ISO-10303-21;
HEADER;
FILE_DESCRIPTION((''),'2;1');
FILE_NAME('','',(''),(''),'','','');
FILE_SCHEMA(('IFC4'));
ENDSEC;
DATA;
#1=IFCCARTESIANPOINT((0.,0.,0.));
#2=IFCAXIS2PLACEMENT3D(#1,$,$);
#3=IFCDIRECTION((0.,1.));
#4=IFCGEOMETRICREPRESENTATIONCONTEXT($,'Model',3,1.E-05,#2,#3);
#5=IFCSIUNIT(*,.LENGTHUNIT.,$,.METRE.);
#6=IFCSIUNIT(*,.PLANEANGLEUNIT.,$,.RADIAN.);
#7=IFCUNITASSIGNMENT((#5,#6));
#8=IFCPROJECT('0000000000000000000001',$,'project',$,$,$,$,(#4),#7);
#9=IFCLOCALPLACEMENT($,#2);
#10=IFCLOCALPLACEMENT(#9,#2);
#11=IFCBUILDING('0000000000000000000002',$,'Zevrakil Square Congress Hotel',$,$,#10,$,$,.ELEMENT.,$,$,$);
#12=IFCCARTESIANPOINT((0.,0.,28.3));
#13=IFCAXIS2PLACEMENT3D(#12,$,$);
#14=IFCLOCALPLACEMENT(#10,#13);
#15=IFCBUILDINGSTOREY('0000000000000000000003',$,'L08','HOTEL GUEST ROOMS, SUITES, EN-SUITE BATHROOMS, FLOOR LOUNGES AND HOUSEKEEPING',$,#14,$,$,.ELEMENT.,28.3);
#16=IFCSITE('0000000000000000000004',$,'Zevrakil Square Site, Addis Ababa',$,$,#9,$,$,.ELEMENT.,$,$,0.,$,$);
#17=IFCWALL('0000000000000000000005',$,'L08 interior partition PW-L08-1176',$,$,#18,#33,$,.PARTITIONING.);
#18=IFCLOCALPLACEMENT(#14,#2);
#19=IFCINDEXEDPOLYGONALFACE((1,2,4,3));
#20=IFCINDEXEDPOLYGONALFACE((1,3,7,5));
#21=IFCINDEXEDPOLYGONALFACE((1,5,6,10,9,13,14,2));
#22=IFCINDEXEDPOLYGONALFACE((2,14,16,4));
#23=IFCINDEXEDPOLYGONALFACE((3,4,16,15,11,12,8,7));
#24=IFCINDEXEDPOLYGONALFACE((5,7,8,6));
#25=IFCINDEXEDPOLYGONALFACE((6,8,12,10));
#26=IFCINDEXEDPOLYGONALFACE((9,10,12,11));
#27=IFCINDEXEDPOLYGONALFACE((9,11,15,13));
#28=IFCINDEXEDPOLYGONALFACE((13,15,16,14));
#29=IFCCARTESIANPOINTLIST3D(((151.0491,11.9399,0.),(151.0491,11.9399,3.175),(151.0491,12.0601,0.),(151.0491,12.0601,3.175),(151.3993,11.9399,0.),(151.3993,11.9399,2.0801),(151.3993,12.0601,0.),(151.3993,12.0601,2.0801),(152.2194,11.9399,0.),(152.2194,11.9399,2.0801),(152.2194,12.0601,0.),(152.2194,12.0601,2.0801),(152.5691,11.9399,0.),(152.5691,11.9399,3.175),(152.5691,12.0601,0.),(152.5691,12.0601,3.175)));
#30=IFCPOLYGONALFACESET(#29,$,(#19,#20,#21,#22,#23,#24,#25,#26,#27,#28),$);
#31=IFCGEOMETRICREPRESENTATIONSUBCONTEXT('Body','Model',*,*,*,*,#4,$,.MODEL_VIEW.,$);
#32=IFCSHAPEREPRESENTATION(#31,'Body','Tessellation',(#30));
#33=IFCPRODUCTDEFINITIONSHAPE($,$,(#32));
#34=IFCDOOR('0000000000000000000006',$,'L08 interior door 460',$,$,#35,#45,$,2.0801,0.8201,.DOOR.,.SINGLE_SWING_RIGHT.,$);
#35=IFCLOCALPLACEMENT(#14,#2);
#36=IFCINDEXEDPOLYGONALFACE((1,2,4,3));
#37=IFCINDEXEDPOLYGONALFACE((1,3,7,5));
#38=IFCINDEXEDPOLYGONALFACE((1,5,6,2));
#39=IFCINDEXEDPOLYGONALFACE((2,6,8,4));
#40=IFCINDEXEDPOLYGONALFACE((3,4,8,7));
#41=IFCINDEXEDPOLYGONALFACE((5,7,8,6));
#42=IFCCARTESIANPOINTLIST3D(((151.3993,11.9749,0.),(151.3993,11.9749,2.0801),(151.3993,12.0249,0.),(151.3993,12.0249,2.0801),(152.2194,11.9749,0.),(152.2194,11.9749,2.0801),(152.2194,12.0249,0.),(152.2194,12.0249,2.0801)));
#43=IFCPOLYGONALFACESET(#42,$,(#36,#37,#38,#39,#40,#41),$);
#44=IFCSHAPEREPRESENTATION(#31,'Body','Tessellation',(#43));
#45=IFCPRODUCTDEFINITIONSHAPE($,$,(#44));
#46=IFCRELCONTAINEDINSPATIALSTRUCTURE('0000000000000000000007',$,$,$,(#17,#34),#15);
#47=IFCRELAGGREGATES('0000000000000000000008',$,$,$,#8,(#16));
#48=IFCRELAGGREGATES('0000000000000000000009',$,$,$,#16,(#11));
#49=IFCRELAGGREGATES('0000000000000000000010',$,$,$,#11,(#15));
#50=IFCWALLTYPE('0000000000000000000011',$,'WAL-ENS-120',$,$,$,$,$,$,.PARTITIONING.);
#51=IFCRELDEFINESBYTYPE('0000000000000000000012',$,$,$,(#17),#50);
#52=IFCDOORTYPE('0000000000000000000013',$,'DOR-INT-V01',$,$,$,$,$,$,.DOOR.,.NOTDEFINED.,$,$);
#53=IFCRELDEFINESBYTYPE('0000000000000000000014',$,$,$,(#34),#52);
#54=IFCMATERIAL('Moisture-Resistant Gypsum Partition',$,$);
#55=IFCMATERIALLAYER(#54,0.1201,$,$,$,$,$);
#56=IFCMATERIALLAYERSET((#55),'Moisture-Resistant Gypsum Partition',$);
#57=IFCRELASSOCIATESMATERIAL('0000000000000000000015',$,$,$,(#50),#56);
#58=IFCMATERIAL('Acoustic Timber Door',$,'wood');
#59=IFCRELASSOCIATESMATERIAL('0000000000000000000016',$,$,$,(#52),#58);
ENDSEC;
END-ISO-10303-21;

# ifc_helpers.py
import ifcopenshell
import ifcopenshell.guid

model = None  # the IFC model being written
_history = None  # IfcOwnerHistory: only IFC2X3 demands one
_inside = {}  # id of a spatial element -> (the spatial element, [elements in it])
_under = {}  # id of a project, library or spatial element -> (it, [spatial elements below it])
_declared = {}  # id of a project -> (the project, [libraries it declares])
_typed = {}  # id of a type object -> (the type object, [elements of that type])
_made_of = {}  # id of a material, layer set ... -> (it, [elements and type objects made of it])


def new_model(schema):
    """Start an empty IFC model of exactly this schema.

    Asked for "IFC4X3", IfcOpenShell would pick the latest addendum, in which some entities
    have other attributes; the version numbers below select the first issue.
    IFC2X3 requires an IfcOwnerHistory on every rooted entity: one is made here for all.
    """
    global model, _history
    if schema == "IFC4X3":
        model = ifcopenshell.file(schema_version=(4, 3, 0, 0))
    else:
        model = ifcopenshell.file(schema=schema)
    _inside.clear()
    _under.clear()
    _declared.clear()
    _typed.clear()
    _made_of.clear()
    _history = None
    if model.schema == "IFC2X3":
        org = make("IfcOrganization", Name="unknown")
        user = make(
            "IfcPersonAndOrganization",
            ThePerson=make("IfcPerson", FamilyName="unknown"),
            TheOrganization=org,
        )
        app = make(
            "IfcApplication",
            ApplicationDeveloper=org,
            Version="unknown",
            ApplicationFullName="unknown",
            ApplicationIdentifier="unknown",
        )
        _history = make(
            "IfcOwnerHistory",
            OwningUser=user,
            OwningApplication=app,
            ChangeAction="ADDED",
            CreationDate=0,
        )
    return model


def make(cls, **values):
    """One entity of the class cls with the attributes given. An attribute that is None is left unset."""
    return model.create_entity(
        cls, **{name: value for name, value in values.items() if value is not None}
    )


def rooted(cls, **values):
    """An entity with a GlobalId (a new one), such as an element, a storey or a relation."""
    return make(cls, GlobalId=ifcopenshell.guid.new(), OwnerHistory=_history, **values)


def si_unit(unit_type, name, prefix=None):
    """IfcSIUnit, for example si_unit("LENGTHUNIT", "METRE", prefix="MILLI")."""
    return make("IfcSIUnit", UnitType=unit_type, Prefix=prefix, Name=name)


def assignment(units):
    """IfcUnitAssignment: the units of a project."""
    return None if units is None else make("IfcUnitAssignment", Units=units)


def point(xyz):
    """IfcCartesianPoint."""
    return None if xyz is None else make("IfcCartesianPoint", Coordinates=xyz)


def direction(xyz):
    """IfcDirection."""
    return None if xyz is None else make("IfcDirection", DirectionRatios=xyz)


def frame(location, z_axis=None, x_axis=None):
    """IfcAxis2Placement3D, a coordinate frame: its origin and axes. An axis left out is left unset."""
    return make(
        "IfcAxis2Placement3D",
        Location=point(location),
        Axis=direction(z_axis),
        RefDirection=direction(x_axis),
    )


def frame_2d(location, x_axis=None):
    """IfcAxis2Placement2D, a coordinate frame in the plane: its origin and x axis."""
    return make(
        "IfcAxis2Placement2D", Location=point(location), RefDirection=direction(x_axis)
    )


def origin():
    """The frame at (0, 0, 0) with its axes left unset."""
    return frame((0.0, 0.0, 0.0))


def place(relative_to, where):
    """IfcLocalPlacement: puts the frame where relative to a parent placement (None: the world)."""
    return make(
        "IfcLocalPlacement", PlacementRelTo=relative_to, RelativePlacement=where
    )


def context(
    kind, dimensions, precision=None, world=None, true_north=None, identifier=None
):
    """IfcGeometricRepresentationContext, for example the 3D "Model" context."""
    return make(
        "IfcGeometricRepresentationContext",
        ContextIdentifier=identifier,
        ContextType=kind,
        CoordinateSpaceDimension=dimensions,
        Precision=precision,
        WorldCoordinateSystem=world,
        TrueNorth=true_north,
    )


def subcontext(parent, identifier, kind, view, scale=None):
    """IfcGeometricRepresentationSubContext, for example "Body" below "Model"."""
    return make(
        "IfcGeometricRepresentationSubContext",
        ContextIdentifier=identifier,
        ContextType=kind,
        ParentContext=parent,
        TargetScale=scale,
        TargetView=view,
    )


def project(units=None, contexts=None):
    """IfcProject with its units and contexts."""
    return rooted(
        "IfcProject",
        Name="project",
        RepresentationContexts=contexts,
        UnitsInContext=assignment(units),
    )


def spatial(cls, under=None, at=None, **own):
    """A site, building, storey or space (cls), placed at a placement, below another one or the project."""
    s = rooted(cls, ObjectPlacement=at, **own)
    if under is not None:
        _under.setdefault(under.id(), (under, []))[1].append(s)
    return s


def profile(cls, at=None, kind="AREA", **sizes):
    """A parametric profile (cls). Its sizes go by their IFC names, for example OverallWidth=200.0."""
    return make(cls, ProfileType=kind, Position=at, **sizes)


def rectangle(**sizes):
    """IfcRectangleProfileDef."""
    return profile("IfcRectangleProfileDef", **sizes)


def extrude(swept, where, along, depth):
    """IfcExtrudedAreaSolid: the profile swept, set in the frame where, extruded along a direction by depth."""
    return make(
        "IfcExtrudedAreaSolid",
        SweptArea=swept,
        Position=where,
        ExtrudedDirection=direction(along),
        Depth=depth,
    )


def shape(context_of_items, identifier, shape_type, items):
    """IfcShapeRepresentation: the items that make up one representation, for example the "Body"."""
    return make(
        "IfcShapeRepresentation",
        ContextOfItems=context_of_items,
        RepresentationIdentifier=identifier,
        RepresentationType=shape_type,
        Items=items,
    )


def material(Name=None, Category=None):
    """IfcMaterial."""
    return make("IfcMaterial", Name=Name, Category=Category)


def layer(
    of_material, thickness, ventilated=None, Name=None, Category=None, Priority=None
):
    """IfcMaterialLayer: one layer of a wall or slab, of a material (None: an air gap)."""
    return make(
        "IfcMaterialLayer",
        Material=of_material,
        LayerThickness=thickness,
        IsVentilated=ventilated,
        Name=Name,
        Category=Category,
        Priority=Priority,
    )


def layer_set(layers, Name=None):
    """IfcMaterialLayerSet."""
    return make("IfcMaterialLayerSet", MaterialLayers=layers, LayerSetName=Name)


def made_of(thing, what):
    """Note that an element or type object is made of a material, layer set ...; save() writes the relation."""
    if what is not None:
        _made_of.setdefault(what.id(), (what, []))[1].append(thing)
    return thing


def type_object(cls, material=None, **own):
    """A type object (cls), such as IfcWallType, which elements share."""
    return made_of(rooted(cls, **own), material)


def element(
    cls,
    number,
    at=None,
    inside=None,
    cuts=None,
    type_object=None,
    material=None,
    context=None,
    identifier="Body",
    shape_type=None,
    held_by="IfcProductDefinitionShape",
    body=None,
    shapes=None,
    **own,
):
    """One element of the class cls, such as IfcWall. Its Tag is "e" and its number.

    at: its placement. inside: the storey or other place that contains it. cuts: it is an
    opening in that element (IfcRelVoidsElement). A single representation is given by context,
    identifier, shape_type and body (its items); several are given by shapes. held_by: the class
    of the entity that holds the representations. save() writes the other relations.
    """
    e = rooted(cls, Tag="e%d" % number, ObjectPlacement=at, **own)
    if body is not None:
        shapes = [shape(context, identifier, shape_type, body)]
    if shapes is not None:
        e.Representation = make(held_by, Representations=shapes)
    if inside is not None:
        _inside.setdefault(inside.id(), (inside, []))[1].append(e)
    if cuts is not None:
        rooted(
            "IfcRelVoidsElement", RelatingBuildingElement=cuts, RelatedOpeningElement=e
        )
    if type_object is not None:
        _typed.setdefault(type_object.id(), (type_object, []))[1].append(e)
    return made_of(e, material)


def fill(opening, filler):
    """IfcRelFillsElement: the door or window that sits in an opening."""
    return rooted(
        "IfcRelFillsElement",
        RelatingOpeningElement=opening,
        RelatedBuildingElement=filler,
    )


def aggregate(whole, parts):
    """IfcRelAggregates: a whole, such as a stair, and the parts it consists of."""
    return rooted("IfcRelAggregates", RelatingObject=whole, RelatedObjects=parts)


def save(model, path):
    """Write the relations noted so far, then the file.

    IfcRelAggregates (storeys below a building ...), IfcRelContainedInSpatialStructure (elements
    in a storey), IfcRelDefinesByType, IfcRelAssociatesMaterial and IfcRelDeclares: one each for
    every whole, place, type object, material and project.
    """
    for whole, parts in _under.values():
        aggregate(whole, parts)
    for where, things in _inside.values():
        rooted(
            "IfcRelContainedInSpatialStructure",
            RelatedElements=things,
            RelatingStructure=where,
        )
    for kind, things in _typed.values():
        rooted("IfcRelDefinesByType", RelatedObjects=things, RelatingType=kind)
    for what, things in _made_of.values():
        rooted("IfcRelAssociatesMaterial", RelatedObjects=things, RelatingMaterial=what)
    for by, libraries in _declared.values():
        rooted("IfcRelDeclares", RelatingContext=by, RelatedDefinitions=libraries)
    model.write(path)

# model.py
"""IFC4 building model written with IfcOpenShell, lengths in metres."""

from ifc_helpers import new_model, si_unit, direction, frame, frame_2d, origin, place, context, subcontext, project, spatial, rectangle, extrude, material, layer, layer_set, type_object, element, fill, save


model = new_model("IFC4")

# Units and contexts
model_context = context("Model", 3, precision=1e-05, world=origin(), true_north=direction((0.0, 1.0)))
body_context = subcontext(model_context, "Body", "Model", "MODEL_VIEW")
ifc_project = project(units=[si_unit("LENGTHUNIT", "METRE"), si_unit("PLANEANGLEUNIT", "RADIAN")], contexts=[model_context])

# Site, building, storey
site_placement = place(None, origin())
site = spatial("IfcSite", under=ifc_project, at=site_placement, Name="Zevrakil Square Site, Addis Ababa", CompositionType="ELEMENT", RefElevation=0.0)
building_placement = place(site_placement, origin())
building = spatial("IfcBuilding", under=site, at=building_placement, Name="Zevrakil Square Congress Hotel", CompositionType="ELEMENT")
storey_placement = place(building_placement, frame((0.0, 0.0, 28.3)))
storey = spatial("IfcBuildingStorey", under=building, at=storey_placement, Name="L08", Description="HOTEL GUEST ROOMS, SUITES, EN-SUITE BATHROOMS, FLOOR LOUNGES AND HOUSEKEEPING", CompositionType="ELEMENT", Elevation=28.3)

# Shared definitions
ifc_material_1 = material(Name="Moisture-Resistant Gypsum Partition")
ifc_layer_1 = layer(ifc_material_1, 0.1201)
ifc_layer_set_1 = layer_set([ifc_layer_1], Name="Moisture-Resistant Gypsum Partition")
wall_type_1 = type_object("IfcWallType", Name="WAL-ENS-120", PredefinedType="PARTITIONING", material=ifc_layer_set_1)

# Shared definitions
ifc_material_2 = material(Name="Acoustic Timber Door", Category="wood")
door_type_1 = type_object("IfcDoorType", Name="DOR-INT-V01", OperationType="NOTDEFINED", PredefinedType="DOOR", material=ifc_material_2)

# Wall, opening, door
wall_1_placement = place(storey_placement, frame((151.0491, 12.0, 0.0), z_axis=(0.0, 0.0, 1.0), x_axis=(1.0, 0.0, 0.0)))
wall_1 = element("IfcWall", 1, at=wall_1_placement, inside=storey, type_object=wall_type_1, Name="L08 interior partition PW-L08-1176", PredefinedType="PARTITIONING", context=body_context, shape_type="SweptSolid", body=[
    extrude(rectangle(XDim=1.52, YDim=0.1201, at=frame_2d((0.76, 0.0))), origin(), (0.0, 0.0, 1.0), 3.175),
])
opening_1_placement = place(wall_1_placement, frame((0.3501, 0.0, 0.0)))
opening_1 = element("IfcOpeningElement", 2, at=opening_1_placement, cuts=wall_1, PredefinedType="OPENING", context=body_context, shape_type="SweptSolid", body=[
    extrude(rectangle(XDim=0.8201, YDim=2.0801, at=frame_2d((0.4102, 1.04))), frame((0.0, 0.0701, 0.0), z_axis=(0.0, -1.0, 0.0), x_axis=(1.0, 0.0, 0.0)), (0.0, 0.0, 1.0), 0.1401),
])
door_1_placement = place(opening_1_placement, origin())
door_1 = element("IfcDoor", 3, at=door_1_placement, inside=storey, type_object=door_type_1, Name="L08 interior door 460", OperationType="SINGLE_SWING_RIGHT", OverallHeight=2.0801, OverallWidth=0.8201, PredefinedType="DOOR", context=body_context, shape_type="SweptSolid", body=[
    extrude(rectangle(XDim=0.8201, YDim=2.0801, at=frame_2d((0.4102, 1.04))), frame((0.0, 0.0249, 0.0), z_axis=(0.0, -1.0, 0.0), x_axis=(1.0, 0.0, 0.0)), (0.0, 0.0, 1.0), 0.05),
])
fill(opening_1, door_1)

save(model, "model.ifc")
